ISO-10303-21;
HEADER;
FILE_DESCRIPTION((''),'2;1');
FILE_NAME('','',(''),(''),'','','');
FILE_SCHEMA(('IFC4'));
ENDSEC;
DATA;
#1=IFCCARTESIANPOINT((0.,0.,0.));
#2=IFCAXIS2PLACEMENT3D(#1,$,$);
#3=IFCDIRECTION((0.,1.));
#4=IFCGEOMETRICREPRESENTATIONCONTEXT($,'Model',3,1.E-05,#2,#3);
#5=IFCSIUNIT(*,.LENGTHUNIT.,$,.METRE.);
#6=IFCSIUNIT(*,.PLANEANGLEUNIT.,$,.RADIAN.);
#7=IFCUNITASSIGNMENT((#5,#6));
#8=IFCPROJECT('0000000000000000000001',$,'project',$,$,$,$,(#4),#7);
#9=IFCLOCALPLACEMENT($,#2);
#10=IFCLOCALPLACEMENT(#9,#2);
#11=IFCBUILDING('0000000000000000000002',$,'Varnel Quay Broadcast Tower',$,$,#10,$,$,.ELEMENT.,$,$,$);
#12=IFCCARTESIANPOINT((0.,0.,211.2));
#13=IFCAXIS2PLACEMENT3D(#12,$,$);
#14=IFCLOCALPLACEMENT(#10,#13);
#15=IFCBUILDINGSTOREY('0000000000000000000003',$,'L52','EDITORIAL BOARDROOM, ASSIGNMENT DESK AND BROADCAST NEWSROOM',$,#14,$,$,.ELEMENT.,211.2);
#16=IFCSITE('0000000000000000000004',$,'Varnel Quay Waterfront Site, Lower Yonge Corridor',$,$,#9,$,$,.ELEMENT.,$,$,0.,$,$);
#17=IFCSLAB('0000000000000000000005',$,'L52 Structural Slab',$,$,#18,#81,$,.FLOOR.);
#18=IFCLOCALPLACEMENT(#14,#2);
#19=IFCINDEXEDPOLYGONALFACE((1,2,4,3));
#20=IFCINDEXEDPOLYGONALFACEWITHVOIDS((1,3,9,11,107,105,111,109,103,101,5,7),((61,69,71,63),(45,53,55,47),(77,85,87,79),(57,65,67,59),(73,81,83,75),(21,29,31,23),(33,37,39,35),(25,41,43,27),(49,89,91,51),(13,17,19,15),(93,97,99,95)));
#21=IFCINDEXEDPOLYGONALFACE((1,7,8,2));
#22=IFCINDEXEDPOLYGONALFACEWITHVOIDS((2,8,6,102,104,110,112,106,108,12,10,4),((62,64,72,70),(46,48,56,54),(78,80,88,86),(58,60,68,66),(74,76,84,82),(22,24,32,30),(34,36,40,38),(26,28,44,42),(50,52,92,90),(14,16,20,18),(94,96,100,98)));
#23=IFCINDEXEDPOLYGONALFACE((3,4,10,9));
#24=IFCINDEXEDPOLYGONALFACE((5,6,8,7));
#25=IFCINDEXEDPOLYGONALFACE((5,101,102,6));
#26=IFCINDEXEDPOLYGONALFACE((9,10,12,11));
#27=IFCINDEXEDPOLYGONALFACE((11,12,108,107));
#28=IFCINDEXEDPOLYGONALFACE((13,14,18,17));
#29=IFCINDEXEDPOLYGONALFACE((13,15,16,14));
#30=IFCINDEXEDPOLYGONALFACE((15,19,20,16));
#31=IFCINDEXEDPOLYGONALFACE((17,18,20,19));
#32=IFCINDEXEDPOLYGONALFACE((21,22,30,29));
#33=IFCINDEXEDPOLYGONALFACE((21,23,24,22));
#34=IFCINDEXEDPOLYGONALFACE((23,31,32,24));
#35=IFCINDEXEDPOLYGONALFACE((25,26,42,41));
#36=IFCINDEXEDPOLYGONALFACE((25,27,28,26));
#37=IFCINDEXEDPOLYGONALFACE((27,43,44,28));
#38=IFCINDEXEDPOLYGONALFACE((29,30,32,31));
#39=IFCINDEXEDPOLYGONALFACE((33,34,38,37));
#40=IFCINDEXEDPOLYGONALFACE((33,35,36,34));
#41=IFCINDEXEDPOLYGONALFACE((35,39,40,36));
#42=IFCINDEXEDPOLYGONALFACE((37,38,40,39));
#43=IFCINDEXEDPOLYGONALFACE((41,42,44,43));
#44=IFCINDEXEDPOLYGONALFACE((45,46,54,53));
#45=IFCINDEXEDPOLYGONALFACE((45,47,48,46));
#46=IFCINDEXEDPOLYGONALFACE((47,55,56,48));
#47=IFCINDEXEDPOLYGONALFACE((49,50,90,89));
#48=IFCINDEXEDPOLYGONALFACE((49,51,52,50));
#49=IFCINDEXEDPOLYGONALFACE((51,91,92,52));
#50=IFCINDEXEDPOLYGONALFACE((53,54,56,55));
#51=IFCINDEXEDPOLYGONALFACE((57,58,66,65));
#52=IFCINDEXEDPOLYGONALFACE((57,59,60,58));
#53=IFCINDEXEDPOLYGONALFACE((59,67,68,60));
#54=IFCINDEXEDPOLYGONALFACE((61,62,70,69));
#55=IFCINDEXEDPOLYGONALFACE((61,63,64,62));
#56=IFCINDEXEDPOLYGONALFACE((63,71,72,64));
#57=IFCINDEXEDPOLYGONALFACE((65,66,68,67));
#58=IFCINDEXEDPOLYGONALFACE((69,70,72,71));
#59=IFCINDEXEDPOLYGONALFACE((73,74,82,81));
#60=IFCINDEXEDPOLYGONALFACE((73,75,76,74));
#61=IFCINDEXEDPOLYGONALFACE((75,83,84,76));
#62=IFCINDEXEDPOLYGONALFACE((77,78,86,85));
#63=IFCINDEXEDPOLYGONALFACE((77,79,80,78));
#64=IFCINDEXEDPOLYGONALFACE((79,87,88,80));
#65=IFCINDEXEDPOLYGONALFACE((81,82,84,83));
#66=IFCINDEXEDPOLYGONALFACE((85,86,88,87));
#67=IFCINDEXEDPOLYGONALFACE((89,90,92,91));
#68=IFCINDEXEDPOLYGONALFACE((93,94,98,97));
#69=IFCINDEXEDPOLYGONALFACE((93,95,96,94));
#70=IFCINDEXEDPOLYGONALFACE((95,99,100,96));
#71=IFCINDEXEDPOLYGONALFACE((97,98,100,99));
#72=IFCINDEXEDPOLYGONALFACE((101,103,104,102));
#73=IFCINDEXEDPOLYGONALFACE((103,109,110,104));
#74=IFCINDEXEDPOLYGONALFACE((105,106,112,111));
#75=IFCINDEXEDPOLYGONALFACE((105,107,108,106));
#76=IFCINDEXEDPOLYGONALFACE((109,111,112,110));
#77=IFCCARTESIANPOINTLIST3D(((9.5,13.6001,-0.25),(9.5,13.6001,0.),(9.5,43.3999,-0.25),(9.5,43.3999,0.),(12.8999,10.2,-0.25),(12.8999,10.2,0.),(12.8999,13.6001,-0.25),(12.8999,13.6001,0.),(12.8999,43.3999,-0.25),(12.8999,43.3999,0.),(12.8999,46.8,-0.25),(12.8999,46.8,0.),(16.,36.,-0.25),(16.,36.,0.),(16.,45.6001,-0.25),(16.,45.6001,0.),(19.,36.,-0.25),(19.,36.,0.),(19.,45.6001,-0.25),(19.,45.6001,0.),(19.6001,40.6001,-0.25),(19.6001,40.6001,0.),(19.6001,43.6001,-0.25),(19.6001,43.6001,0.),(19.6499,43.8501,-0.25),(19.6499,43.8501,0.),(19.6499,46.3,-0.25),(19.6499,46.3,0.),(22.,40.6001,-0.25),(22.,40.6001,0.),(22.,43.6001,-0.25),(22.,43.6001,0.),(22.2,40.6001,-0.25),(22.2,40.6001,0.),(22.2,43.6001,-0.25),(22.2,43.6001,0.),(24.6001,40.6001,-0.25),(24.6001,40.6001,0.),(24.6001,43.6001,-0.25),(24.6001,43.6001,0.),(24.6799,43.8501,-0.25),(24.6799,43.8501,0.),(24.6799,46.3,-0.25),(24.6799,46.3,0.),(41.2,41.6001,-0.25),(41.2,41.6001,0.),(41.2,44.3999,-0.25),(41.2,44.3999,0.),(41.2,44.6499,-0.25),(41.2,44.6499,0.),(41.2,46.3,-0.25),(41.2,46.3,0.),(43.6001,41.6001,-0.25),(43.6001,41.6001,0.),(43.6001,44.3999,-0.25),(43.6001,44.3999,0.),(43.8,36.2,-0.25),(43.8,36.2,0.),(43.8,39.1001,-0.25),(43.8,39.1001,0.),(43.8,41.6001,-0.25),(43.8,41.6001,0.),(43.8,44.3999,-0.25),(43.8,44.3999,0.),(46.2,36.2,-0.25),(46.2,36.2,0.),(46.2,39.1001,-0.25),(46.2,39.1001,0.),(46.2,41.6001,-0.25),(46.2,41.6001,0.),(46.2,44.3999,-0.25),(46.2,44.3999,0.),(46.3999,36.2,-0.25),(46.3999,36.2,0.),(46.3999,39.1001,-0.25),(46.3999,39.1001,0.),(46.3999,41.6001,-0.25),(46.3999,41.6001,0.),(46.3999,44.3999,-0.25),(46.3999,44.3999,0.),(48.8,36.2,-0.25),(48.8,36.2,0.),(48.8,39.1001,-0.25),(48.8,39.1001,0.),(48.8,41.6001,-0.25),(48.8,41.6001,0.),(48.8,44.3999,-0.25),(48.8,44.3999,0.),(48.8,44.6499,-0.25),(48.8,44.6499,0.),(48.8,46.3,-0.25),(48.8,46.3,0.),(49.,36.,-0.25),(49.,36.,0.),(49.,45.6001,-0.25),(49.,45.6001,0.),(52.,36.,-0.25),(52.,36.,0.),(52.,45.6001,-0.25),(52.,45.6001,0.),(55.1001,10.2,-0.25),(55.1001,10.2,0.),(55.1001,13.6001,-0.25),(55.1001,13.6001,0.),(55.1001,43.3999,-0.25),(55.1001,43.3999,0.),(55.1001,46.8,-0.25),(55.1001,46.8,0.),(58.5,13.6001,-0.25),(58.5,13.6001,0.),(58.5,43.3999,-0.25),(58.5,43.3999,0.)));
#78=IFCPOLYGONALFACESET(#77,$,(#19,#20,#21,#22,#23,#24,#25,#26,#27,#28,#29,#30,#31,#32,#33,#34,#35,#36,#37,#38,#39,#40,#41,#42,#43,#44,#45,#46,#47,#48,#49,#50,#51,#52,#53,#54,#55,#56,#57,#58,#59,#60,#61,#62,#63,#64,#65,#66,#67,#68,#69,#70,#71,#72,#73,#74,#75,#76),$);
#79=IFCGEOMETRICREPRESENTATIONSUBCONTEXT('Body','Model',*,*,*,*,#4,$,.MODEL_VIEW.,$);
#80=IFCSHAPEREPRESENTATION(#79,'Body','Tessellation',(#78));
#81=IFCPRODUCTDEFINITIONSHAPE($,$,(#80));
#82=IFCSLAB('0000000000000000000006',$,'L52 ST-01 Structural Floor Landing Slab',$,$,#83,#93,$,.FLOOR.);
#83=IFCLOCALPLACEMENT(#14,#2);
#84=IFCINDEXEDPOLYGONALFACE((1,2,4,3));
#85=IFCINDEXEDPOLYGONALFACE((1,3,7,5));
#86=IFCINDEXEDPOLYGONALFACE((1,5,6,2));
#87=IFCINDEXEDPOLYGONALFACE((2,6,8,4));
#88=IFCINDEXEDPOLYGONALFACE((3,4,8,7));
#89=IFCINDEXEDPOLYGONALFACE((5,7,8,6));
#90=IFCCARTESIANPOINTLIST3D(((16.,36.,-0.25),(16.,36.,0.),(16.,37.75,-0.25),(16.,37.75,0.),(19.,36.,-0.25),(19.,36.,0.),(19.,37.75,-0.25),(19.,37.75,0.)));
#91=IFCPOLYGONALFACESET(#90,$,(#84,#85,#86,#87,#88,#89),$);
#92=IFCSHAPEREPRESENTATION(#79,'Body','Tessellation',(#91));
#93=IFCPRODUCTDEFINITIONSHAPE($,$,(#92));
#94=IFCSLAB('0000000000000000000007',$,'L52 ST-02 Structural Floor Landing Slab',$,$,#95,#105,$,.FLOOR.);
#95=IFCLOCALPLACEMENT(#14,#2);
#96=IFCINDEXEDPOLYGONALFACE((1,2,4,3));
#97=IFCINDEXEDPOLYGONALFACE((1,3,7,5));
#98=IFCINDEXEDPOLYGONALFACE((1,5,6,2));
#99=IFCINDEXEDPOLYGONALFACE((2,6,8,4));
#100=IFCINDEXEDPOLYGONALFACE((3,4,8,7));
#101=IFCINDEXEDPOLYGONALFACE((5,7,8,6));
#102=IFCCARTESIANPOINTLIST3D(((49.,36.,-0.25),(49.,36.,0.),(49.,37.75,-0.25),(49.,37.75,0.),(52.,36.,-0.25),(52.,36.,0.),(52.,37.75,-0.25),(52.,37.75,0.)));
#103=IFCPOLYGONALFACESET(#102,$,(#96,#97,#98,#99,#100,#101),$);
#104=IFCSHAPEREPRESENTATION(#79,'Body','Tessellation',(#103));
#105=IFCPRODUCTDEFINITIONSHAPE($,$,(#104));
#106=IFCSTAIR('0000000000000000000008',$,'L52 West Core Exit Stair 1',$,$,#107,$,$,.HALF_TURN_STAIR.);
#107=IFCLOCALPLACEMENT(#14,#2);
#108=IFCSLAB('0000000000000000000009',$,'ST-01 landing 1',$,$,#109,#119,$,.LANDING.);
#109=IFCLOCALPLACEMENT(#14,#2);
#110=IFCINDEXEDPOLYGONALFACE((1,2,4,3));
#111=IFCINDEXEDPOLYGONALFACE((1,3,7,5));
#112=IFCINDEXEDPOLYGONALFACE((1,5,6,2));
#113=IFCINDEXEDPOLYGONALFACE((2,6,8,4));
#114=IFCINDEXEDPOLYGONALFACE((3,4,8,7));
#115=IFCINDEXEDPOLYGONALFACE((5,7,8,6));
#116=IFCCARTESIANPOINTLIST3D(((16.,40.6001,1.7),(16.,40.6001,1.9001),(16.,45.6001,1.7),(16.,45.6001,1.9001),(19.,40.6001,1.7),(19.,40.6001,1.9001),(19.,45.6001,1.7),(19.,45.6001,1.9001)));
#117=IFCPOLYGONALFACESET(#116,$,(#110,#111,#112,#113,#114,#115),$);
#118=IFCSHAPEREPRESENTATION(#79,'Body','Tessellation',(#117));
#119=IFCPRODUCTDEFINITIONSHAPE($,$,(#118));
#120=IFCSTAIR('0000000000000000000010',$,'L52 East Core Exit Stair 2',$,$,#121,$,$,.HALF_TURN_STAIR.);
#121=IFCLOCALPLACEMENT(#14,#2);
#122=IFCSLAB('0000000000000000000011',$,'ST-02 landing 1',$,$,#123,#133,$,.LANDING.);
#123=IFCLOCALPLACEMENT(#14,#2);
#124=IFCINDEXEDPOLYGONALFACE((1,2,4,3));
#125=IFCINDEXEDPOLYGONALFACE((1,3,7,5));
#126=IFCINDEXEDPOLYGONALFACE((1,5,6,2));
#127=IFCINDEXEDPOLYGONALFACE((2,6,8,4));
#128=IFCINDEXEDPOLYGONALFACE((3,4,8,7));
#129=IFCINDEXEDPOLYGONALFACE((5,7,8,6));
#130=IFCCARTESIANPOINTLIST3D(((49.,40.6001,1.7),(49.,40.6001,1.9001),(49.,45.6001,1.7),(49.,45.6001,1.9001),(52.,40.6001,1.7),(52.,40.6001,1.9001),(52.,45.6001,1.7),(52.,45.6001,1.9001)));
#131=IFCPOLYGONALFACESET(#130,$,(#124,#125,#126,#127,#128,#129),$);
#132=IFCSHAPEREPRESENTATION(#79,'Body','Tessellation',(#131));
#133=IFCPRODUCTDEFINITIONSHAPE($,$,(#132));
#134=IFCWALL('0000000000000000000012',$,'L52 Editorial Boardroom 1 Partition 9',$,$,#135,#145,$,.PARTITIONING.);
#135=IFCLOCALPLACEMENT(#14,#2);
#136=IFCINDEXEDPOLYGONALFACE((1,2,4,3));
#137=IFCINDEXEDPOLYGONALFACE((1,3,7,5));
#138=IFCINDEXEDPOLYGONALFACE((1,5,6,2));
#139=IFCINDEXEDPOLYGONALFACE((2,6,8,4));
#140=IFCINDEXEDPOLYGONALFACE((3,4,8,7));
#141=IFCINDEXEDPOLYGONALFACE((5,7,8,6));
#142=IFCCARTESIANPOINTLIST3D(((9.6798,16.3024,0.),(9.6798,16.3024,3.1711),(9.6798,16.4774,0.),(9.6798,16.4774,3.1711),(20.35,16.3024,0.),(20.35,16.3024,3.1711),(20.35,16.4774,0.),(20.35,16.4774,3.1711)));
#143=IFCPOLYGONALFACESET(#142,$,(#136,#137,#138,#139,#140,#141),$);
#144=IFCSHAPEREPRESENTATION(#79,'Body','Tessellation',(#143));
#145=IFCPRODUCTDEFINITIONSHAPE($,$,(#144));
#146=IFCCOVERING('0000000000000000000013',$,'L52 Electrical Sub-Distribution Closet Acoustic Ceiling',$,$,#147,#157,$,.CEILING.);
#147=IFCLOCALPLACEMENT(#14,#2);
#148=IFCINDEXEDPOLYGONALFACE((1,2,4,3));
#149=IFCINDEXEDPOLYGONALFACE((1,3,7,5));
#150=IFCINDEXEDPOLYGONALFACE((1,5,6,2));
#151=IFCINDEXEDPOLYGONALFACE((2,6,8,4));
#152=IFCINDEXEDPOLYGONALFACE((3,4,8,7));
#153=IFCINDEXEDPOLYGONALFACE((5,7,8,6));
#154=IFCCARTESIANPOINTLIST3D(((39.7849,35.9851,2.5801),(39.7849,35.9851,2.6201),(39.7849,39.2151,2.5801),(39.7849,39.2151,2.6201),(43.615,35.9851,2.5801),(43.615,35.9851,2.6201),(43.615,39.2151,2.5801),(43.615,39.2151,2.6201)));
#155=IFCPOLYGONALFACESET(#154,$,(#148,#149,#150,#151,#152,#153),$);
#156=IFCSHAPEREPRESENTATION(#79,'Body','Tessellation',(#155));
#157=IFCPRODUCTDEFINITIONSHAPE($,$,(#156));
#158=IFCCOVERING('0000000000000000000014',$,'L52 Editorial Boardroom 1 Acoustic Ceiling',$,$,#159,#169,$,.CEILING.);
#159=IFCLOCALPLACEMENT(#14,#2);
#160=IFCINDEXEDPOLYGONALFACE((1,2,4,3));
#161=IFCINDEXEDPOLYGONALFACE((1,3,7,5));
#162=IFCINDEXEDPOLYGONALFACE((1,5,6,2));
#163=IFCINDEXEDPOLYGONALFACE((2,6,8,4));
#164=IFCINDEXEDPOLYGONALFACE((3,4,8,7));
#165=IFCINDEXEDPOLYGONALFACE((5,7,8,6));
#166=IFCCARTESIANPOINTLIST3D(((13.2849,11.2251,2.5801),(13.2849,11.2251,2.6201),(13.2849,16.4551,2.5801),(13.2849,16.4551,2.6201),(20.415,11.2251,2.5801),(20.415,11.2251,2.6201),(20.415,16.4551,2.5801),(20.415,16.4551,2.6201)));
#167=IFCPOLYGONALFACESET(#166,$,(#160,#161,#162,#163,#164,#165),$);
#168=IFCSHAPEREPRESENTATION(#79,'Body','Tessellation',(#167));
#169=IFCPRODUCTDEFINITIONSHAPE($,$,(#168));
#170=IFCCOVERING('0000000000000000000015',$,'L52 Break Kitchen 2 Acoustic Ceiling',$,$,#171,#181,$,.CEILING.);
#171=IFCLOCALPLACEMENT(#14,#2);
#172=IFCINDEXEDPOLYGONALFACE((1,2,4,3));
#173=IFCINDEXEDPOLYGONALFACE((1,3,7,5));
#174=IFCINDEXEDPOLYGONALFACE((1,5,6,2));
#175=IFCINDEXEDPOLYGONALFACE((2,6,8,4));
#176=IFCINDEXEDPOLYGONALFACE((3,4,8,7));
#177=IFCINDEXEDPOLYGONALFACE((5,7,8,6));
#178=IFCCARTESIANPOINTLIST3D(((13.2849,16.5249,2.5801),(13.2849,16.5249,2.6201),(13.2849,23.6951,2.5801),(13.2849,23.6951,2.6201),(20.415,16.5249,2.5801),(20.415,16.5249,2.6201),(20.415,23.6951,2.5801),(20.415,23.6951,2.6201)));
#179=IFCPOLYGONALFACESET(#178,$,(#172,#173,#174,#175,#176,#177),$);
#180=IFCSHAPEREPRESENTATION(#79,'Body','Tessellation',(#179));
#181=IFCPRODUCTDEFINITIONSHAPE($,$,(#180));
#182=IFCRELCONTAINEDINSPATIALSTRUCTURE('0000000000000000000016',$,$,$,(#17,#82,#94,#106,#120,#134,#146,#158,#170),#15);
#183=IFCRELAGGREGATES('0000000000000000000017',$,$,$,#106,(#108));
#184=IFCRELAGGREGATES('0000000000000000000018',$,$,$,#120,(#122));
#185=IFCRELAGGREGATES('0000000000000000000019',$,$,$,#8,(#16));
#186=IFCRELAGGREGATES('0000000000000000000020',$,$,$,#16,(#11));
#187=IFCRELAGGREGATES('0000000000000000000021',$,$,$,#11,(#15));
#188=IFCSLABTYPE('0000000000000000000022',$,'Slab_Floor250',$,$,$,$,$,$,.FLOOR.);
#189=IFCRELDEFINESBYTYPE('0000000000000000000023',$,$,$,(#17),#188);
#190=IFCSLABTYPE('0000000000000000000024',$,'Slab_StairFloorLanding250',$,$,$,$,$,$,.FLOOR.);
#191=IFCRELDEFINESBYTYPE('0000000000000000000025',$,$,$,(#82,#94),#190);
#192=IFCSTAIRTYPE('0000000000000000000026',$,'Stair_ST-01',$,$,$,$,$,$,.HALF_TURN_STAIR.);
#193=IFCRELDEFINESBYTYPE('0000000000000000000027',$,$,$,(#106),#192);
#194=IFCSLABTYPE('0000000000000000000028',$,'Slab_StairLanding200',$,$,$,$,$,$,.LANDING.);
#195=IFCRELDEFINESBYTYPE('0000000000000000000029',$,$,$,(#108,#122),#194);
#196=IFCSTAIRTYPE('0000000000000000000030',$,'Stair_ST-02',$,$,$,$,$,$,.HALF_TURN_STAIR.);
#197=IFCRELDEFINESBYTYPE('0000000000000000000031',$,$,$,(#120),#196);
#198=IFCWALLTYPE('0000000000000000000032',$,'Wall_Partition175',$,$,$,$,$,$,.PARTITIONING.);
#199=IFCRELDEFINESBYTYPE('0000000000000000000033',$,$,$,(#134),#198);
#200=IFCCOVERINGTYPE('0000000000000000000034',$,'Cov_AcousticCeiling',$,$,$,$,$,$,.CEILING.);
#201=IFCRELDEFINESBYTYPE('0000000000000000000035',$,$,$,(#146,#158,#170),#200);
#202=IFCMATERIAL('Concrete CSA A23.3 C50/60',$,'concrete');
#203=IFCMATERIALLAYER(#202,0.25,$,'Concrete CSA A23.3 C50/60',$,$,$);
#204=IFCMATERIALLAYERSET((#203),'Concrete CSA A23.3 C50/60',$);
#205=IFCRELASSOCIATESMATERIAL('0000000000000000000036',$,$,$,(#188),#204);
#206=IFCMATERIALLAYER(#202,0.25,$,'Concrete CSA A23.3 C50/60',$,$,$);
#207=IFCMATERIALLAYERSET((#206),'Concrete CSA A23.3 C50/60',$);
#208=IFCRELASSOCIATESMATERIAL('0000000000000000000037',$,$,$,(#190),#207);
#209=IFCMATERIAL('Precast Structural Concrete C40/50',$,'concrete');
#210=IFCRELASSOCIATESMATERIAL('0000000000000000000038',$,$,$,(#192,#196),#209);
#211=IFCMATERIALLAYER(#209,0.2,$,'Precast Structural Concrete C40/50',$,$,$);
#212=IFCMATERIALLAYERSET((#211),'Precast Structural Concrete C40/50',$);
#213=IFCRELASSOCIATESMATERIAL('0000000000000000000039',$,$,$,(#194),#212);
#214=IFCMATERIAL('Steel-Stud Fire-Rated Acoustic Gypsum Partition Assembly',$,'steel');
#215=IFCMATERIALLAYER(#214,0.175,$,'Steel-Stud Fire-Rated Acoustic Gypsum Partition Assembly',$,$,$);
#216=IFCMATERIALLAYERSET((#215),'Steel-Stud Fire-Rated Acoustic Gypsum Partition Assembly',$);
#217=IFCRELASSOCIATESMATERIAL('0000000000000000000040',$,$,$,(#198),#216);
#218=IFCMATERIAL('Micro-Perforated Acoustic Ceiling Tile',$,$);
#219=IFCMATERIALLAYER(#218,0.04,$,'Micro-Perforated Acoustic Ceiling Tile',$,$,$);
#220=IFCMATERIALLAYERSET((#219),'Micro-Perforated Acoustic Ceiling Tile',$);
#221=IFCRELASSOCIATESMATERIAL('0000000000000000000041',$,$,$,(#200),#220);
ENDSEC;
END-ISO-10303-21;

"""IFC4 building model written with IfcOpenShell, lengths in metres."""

from ifc_helpers import new_model, si_unit, direction, frame, frame_2d, origin, place, context, subcontext, project, spatial, polyline, rectangle, outline, extrude, material, layer, layer_set, type_object, element, aggregate, save


model = new_model("IFC4")

# Units and contexts
model_context = context("Model", 3, precision=1e-05, world=origin(), true_north=direction((0.0, 1.0)))
body_context = subcontext(model_context, "Body", "Model", "MODEL_VIEW")
ifc_project = project(units=[si_unit("LENGTHUNIT", "METRE"), si_unit("PLANEANGLEUNIT", "RADIAN")], contexts=[model_context])

# Site, building, storey
site_placement = place(None, origin())
site = spatial("IfcSite", under=ifc_project, at=site_placement, Name="Varnel Quay Waterfront Site, Lower Yonge Corridor", CompositionType="ELEMENT", RefElevation=0.0)
building_placement = place(site_placement, origin())
building = spatial("IfcBuilding", under=site, at=building_placement, Name="Varnel Quay Broadcast Tower", CompositionType="ELEMENT")
storey_placement = place(building_placement, frame((0.0, 0.0, 211.2)))
storey = spatial("IfcBuildingStorey", under=building, at=storey_placement, Name="L52", Description="EDITORIAL BOARDROOM, ASSIGNMENT DESK AND BROADCAST NEWSROOM", CompositionType="ELEMENT", Elevation=211.2)

# Slabs
ifc_material_1 = material(Name="Concrete CSA A23.3 C50/60", Category="concrete")
ifc_layer_1 = layer(ifc_material_1, 0.25, Name="Concrete CSA A23.3 C50/60")
ifc_layer_set_1 = layer_set([ifc_layer_1], Name="Concrete CSA A23.3 C50/60")
slab_type_1 = type_object("IfcSlabType", Name="Slab_Floor250", PredefinedType="FLOOR", material=ifc_layer_set_1)
slab_1_placement = place(storey_placement, frame((0.0, 0.0, -0.25)))
element("IfcSlab", 1, at=slab_1_placement, inside=storey, type_object=slab_type_1, Name="L52 Structural Slab", PredefinedType="FLOOR", context=body_context, shape_type="SweptSolid", body=[
    extrude(outline(polyline([(12.8999, 10.2), (55.1001, 10.2), (55.1001, 13.6001), (58.5, 13.6001), (58.5, 43.3999), (55.1001, 43.3999), (55.1001, 46.8), (12.8999, 46.8), (12.8999, 43.3999), (9.5, 43.3999), (9.5, 13.6001), (12.8999, 13.6001), (12.8999, 10.2)]), holes=[polyline([(19.0, 36.0), (16.0, 36.0), (16.0, 45.6001), (19.0, 45.6001), (19.0, 36.0)]), polyline([(19.6001, 40.6001), (19.6001, 43.6001), (22.0, 43.6001), (22.0, 40.6001), (19.6001, 40.6001)]), polyline([(22.2, 40.6001), (22.2, 43.6001), (24.6001, 43.6001), (24.6001, 40.6001), (22.2, 40.6001)]), polyline([(41.2, 44.3999), (43.6001, 44.3999), (43.6001, 41.6001), (41.2, 41.6001), (41.2, 44.3999)]), polyline([(43.8, 44.3999), (46.2, 44.3999), (46.2, 41.6001), (43.8, 41.6001), (43.8, 44.3999)]), polyline([(19.6499, 43.8501), (19.6499, 46.3), (24.6799, 46.3), (24.6799, 43.8501), (19.6499, 43.8501)]), polyline([(43.8, 39.1001), (46.2, 39.1001), (46.2, 36.2), (43.8, 36.2), (43.8, 39.1001)]), polyline([(46.3999, 39.1001), (48.8, 39.1001), (48.8, 36.2), (46.3999, 36.2), (46.3999, 39.1001)]), polyline([(52.0, 36.0), (49.0, 36.0), (49.0, 45.6001), (52.0, 45.6001), (52.0, 36.0)]), polyline([(46.3999, 44.3999), (48.8, 44.3999), (48.8, 41.6001), (46.3999, 41.6001), (46.3999, 44.3999)]), polyline([(41.2, 46.3), (48.8, 46.3), (48.8, 44.6499), (41.2, 44.6499), (41.2, 46.3)])]), origin(), (0.0, 0.0, 1.0), 0.25),
])
ifc_layer_2 = layer(ifc_material_1, 0.25, Name="Concrete CSA A23.3 C50/60")
ifc_layer_set_2 = layer_set([ifc_layer_2], Name="Concrete CSA A23.3 C50/60")
slab_type_2 = type_object("IfcSlabType", Name="Slab_StairFloorLanding250", PredefinedType="FLOOR", material=ifc_layer_set_2)
slab_2_placement = place(storey_placement, frame((0.0, 0.0, -0.25)))
element("IfcSlab", 2, at=slab_2_placement, inside=storey, type_object=slab_type_2, Name="L52 ST-01 Structural Floor Landing Slab", PredefinedType="FLOOR", context=body_context, shape_type="SweptSolid", body=[
    extrude(outline(polyline([(19.0, 36.0), (19.0, 37.75), (16.0, 37.75), (16.0, 36.0), (19.0, 36.0)])), origin(), (0.0, 0.0, 1.0), 0.25),
])
slab_3_placement = place(storey_placement, frame((0.0, 0.0, -0.25)))
element("IfcSlab", 3, at=slab_3_placement, inside=storey, type_object=slab_type_2, Name="L52 ST-02 Structural Floor Landing Slab", PredefinedType="FLOOR", context=body_context, shape_type="SweptSolid", body=[
    extrude(outline(polyline([(52.0, 36.0), (52.0, 37.75), (49.0, 37.75), (49.0, 36.0), (52.0, 36.0)])), origin(), (0.0, 0.0, 1.0), 0.25),
])

# Stairs, slabs
ifc_material_2 = material(Name="Precast Structural Concrete C40/50", Category="concrete")
stair_type_1 = type_object("IfcStairType", Name="Stair_ST-01", PredefinedType="HALF_TURN_STAIR", material=ifc_material_2)
stair_1_placement = place(storey_placement, origin())
stair_1 = element("IfcStair", 4, at=stair_1_placement, inside=storey, type_object=stair_type_1, Name="L52 West Core Exit Stair 1", PredefinedType="HALF_TURN_STAIR")
ifc_layer_3 = layer(ifc_material_2, 0.2, Name="Precast Structural Concrete C40/50")
ifc_layer_set_3 = layer_set([ifc_layer_3], Name="Precast Structural Concrete C40/50")
slab_type_3 = type_object("IfcSlabType", Name="Slab_StairLanding200", PredefinedType="LANDING", material=ifc_layer_set_3)
slab_4_placement = place(storey_placement, frame((0.0, 0.0, 1.7)))
slab_4 = element("IfcSlab", 5, at=slab_4_placement, type_object=slab_type_3, Name="ST-01 landing 1", PredefinedType="LANDING", context=body_context, shape_type="SweptSolid", body=[
    extrude(outline(polyline([(19.0, 40.6001), (19.0, 45.6001), (16.0, 45.6001), (16.0, 40.6001), (19.0, 40.6001)])), origin(), (0.0, 0.0, 1.0), 0.2002),
])
aggregate(stair_1, [slab_4])
stair_type_2 = type_object("IfcStairType", Name="Stair_ST-02", PredefinedType="HALF_TURN_STAIR", material=ifc_material_2)
stair_2_placement = place(storey_placement, origin())
stair_2 = element("IfcStair", 6, at=stair_2_placement, inside=storey, type_object=stair_type_2, Name="L52 East Core Exit Stair 2", PredefinedType="HALF_TURN_STAIR")
slab_5_placement = place(storey_placement, frame((0.0, 0.0, 1.7)))
slab_5 = element("IfcSlab", 7, at=slab_5_placement, type_object=slab_type_3, Name="ST-02 landing 1", PredefinedType="LANDING", context=body_context, shape_type="SweptSolid", body=[
    extrude(outline(polyline([(52.0, 40.6001), (52.0, 45.6001), (49.0, 45.6001), (49.0, 40.6001), (52.0, 40.6001)])), origin(), (0.0, 0.0, 1.0), 0.2002),
])
aggregate(stair_2, [slab_5])

# Wall
ifc_material_3 = material(Name="Steel-Stud Fire-Rated Acoustic Gypsum Partition Assembly", Category="steel")
ifc_layer_4 = layer(ifc_material_3, 0.175, Name="Steel-Stud Fire-Rated Acoustic Gypsum Partition Assembly")
ifc_layer_set_4 = layer_set([ifc_layer_4], Name="Steel-Stud Fire-Rated Acoustic Gypsum Partition Assembly")
wall_type = type_object("IfcWallType", Name="Wall_Partition175", PredefinedType="PARTITIONING", material=ifc_layer_set_4)
wall_placement = place(storey_placement, frame((9.6799, 16.3899, 0.0), z_axis=(0.0, 0.0, 1.0), x_axis=(1.0, 0.0, 0.0)))
element("IfcWall", 8, at=wall_placement, inside=storey, type_object=wall_type, Name="L52 Editorial Boardroom 1 Partition 9", PredefinedType="PARTITIONING", context=body_context, shape_type="SweptSolid", body=[
    extrude(rectangle(XDim=10.6702, YDim=0.175, at=frame_2d((5.335, 0.0))), origin(), (0.0, 0.0, 1.0), 3.1711),
])

# Coverings
ifc_material_4 = material(Name="Micro-Perforated Acoustic Ceiling Tile")
ifc_layer_5 = layer(ifc_material_4, 0.04, Name="Micro-Perforated Acoustic Ceiling Tile")
ifc_layer_set_5 = layer_set([ifc_layer_5], Name="Micro-Perforated Acoustic Ceiling Tile")
covering_type_1 = type_object("IfcCoveringType", Name="Cov_AcousticCeiling", PredefinedType="CEILING", material=ifc_layer_set_5)
covering_1_placement = place(storey_placement, frame((0.0, 0.0, 2.5801)))
element("IfcCovering", 9, at=covering_1_placement, inside=storey, type_object=covering_type_1, Name="L52 Electrical Sub-Distribution Closet Acoustic Ceiling", PredefinedType="CEILING", context=body_context, shape_type="SweptSolid", body=[
    extrude(outline(polyline([(39.7849, 35.9851), (43.615, 35.9851), (43.615, 39.2151), (39.7849, 39.2151), (39.7849, 35.9851)])), origin(), (0.0, 0.0, 1.0), 0.04),
])
covering_2_placement = place(storey_placement, frame((0.0, 0.0, 2.5801)))
element("IfcCovering", 10, at=covering_2_placement, inside=storey, type_object=covering_type_1, Name="L52 Editorial Boardroom 1 Acoustic Ceiling", PredefinedType="CEILING", context=body_context, shape_type="SweptSolid", body=[
    extrude(outline(polyline([(13.2849, 11.2251), (20.415, 11.2251), (20.415, 16.4551), (13.2849, 16.4551), (13.2849, 11.2251)])), origin(), (0.0, 0.0, 1.0), 0.04),
])
covering_3_placement = place(storey_placement, frame((0.0, 0.0, 2.5801)))
element("IfcCovering", 11, at=covering_3_placement, inside=storey, type_object=covering_type_1, Name="L52 Break Kitchen 2 Acoustic Ceiling", PredefinedType="CEILING", context=body_context, shape_type="SweptSolid", body=[
    extrude(outline(polyline([(13.2849, 16.5249), (20.415, 16.5249), (20.415, 23.6951), (13.2849, 23.6951), (13.2849, 16.5249)])), origin(), (0.0, 0.0, 1.0), 0.04),
])

save(model, "model.ifc")
